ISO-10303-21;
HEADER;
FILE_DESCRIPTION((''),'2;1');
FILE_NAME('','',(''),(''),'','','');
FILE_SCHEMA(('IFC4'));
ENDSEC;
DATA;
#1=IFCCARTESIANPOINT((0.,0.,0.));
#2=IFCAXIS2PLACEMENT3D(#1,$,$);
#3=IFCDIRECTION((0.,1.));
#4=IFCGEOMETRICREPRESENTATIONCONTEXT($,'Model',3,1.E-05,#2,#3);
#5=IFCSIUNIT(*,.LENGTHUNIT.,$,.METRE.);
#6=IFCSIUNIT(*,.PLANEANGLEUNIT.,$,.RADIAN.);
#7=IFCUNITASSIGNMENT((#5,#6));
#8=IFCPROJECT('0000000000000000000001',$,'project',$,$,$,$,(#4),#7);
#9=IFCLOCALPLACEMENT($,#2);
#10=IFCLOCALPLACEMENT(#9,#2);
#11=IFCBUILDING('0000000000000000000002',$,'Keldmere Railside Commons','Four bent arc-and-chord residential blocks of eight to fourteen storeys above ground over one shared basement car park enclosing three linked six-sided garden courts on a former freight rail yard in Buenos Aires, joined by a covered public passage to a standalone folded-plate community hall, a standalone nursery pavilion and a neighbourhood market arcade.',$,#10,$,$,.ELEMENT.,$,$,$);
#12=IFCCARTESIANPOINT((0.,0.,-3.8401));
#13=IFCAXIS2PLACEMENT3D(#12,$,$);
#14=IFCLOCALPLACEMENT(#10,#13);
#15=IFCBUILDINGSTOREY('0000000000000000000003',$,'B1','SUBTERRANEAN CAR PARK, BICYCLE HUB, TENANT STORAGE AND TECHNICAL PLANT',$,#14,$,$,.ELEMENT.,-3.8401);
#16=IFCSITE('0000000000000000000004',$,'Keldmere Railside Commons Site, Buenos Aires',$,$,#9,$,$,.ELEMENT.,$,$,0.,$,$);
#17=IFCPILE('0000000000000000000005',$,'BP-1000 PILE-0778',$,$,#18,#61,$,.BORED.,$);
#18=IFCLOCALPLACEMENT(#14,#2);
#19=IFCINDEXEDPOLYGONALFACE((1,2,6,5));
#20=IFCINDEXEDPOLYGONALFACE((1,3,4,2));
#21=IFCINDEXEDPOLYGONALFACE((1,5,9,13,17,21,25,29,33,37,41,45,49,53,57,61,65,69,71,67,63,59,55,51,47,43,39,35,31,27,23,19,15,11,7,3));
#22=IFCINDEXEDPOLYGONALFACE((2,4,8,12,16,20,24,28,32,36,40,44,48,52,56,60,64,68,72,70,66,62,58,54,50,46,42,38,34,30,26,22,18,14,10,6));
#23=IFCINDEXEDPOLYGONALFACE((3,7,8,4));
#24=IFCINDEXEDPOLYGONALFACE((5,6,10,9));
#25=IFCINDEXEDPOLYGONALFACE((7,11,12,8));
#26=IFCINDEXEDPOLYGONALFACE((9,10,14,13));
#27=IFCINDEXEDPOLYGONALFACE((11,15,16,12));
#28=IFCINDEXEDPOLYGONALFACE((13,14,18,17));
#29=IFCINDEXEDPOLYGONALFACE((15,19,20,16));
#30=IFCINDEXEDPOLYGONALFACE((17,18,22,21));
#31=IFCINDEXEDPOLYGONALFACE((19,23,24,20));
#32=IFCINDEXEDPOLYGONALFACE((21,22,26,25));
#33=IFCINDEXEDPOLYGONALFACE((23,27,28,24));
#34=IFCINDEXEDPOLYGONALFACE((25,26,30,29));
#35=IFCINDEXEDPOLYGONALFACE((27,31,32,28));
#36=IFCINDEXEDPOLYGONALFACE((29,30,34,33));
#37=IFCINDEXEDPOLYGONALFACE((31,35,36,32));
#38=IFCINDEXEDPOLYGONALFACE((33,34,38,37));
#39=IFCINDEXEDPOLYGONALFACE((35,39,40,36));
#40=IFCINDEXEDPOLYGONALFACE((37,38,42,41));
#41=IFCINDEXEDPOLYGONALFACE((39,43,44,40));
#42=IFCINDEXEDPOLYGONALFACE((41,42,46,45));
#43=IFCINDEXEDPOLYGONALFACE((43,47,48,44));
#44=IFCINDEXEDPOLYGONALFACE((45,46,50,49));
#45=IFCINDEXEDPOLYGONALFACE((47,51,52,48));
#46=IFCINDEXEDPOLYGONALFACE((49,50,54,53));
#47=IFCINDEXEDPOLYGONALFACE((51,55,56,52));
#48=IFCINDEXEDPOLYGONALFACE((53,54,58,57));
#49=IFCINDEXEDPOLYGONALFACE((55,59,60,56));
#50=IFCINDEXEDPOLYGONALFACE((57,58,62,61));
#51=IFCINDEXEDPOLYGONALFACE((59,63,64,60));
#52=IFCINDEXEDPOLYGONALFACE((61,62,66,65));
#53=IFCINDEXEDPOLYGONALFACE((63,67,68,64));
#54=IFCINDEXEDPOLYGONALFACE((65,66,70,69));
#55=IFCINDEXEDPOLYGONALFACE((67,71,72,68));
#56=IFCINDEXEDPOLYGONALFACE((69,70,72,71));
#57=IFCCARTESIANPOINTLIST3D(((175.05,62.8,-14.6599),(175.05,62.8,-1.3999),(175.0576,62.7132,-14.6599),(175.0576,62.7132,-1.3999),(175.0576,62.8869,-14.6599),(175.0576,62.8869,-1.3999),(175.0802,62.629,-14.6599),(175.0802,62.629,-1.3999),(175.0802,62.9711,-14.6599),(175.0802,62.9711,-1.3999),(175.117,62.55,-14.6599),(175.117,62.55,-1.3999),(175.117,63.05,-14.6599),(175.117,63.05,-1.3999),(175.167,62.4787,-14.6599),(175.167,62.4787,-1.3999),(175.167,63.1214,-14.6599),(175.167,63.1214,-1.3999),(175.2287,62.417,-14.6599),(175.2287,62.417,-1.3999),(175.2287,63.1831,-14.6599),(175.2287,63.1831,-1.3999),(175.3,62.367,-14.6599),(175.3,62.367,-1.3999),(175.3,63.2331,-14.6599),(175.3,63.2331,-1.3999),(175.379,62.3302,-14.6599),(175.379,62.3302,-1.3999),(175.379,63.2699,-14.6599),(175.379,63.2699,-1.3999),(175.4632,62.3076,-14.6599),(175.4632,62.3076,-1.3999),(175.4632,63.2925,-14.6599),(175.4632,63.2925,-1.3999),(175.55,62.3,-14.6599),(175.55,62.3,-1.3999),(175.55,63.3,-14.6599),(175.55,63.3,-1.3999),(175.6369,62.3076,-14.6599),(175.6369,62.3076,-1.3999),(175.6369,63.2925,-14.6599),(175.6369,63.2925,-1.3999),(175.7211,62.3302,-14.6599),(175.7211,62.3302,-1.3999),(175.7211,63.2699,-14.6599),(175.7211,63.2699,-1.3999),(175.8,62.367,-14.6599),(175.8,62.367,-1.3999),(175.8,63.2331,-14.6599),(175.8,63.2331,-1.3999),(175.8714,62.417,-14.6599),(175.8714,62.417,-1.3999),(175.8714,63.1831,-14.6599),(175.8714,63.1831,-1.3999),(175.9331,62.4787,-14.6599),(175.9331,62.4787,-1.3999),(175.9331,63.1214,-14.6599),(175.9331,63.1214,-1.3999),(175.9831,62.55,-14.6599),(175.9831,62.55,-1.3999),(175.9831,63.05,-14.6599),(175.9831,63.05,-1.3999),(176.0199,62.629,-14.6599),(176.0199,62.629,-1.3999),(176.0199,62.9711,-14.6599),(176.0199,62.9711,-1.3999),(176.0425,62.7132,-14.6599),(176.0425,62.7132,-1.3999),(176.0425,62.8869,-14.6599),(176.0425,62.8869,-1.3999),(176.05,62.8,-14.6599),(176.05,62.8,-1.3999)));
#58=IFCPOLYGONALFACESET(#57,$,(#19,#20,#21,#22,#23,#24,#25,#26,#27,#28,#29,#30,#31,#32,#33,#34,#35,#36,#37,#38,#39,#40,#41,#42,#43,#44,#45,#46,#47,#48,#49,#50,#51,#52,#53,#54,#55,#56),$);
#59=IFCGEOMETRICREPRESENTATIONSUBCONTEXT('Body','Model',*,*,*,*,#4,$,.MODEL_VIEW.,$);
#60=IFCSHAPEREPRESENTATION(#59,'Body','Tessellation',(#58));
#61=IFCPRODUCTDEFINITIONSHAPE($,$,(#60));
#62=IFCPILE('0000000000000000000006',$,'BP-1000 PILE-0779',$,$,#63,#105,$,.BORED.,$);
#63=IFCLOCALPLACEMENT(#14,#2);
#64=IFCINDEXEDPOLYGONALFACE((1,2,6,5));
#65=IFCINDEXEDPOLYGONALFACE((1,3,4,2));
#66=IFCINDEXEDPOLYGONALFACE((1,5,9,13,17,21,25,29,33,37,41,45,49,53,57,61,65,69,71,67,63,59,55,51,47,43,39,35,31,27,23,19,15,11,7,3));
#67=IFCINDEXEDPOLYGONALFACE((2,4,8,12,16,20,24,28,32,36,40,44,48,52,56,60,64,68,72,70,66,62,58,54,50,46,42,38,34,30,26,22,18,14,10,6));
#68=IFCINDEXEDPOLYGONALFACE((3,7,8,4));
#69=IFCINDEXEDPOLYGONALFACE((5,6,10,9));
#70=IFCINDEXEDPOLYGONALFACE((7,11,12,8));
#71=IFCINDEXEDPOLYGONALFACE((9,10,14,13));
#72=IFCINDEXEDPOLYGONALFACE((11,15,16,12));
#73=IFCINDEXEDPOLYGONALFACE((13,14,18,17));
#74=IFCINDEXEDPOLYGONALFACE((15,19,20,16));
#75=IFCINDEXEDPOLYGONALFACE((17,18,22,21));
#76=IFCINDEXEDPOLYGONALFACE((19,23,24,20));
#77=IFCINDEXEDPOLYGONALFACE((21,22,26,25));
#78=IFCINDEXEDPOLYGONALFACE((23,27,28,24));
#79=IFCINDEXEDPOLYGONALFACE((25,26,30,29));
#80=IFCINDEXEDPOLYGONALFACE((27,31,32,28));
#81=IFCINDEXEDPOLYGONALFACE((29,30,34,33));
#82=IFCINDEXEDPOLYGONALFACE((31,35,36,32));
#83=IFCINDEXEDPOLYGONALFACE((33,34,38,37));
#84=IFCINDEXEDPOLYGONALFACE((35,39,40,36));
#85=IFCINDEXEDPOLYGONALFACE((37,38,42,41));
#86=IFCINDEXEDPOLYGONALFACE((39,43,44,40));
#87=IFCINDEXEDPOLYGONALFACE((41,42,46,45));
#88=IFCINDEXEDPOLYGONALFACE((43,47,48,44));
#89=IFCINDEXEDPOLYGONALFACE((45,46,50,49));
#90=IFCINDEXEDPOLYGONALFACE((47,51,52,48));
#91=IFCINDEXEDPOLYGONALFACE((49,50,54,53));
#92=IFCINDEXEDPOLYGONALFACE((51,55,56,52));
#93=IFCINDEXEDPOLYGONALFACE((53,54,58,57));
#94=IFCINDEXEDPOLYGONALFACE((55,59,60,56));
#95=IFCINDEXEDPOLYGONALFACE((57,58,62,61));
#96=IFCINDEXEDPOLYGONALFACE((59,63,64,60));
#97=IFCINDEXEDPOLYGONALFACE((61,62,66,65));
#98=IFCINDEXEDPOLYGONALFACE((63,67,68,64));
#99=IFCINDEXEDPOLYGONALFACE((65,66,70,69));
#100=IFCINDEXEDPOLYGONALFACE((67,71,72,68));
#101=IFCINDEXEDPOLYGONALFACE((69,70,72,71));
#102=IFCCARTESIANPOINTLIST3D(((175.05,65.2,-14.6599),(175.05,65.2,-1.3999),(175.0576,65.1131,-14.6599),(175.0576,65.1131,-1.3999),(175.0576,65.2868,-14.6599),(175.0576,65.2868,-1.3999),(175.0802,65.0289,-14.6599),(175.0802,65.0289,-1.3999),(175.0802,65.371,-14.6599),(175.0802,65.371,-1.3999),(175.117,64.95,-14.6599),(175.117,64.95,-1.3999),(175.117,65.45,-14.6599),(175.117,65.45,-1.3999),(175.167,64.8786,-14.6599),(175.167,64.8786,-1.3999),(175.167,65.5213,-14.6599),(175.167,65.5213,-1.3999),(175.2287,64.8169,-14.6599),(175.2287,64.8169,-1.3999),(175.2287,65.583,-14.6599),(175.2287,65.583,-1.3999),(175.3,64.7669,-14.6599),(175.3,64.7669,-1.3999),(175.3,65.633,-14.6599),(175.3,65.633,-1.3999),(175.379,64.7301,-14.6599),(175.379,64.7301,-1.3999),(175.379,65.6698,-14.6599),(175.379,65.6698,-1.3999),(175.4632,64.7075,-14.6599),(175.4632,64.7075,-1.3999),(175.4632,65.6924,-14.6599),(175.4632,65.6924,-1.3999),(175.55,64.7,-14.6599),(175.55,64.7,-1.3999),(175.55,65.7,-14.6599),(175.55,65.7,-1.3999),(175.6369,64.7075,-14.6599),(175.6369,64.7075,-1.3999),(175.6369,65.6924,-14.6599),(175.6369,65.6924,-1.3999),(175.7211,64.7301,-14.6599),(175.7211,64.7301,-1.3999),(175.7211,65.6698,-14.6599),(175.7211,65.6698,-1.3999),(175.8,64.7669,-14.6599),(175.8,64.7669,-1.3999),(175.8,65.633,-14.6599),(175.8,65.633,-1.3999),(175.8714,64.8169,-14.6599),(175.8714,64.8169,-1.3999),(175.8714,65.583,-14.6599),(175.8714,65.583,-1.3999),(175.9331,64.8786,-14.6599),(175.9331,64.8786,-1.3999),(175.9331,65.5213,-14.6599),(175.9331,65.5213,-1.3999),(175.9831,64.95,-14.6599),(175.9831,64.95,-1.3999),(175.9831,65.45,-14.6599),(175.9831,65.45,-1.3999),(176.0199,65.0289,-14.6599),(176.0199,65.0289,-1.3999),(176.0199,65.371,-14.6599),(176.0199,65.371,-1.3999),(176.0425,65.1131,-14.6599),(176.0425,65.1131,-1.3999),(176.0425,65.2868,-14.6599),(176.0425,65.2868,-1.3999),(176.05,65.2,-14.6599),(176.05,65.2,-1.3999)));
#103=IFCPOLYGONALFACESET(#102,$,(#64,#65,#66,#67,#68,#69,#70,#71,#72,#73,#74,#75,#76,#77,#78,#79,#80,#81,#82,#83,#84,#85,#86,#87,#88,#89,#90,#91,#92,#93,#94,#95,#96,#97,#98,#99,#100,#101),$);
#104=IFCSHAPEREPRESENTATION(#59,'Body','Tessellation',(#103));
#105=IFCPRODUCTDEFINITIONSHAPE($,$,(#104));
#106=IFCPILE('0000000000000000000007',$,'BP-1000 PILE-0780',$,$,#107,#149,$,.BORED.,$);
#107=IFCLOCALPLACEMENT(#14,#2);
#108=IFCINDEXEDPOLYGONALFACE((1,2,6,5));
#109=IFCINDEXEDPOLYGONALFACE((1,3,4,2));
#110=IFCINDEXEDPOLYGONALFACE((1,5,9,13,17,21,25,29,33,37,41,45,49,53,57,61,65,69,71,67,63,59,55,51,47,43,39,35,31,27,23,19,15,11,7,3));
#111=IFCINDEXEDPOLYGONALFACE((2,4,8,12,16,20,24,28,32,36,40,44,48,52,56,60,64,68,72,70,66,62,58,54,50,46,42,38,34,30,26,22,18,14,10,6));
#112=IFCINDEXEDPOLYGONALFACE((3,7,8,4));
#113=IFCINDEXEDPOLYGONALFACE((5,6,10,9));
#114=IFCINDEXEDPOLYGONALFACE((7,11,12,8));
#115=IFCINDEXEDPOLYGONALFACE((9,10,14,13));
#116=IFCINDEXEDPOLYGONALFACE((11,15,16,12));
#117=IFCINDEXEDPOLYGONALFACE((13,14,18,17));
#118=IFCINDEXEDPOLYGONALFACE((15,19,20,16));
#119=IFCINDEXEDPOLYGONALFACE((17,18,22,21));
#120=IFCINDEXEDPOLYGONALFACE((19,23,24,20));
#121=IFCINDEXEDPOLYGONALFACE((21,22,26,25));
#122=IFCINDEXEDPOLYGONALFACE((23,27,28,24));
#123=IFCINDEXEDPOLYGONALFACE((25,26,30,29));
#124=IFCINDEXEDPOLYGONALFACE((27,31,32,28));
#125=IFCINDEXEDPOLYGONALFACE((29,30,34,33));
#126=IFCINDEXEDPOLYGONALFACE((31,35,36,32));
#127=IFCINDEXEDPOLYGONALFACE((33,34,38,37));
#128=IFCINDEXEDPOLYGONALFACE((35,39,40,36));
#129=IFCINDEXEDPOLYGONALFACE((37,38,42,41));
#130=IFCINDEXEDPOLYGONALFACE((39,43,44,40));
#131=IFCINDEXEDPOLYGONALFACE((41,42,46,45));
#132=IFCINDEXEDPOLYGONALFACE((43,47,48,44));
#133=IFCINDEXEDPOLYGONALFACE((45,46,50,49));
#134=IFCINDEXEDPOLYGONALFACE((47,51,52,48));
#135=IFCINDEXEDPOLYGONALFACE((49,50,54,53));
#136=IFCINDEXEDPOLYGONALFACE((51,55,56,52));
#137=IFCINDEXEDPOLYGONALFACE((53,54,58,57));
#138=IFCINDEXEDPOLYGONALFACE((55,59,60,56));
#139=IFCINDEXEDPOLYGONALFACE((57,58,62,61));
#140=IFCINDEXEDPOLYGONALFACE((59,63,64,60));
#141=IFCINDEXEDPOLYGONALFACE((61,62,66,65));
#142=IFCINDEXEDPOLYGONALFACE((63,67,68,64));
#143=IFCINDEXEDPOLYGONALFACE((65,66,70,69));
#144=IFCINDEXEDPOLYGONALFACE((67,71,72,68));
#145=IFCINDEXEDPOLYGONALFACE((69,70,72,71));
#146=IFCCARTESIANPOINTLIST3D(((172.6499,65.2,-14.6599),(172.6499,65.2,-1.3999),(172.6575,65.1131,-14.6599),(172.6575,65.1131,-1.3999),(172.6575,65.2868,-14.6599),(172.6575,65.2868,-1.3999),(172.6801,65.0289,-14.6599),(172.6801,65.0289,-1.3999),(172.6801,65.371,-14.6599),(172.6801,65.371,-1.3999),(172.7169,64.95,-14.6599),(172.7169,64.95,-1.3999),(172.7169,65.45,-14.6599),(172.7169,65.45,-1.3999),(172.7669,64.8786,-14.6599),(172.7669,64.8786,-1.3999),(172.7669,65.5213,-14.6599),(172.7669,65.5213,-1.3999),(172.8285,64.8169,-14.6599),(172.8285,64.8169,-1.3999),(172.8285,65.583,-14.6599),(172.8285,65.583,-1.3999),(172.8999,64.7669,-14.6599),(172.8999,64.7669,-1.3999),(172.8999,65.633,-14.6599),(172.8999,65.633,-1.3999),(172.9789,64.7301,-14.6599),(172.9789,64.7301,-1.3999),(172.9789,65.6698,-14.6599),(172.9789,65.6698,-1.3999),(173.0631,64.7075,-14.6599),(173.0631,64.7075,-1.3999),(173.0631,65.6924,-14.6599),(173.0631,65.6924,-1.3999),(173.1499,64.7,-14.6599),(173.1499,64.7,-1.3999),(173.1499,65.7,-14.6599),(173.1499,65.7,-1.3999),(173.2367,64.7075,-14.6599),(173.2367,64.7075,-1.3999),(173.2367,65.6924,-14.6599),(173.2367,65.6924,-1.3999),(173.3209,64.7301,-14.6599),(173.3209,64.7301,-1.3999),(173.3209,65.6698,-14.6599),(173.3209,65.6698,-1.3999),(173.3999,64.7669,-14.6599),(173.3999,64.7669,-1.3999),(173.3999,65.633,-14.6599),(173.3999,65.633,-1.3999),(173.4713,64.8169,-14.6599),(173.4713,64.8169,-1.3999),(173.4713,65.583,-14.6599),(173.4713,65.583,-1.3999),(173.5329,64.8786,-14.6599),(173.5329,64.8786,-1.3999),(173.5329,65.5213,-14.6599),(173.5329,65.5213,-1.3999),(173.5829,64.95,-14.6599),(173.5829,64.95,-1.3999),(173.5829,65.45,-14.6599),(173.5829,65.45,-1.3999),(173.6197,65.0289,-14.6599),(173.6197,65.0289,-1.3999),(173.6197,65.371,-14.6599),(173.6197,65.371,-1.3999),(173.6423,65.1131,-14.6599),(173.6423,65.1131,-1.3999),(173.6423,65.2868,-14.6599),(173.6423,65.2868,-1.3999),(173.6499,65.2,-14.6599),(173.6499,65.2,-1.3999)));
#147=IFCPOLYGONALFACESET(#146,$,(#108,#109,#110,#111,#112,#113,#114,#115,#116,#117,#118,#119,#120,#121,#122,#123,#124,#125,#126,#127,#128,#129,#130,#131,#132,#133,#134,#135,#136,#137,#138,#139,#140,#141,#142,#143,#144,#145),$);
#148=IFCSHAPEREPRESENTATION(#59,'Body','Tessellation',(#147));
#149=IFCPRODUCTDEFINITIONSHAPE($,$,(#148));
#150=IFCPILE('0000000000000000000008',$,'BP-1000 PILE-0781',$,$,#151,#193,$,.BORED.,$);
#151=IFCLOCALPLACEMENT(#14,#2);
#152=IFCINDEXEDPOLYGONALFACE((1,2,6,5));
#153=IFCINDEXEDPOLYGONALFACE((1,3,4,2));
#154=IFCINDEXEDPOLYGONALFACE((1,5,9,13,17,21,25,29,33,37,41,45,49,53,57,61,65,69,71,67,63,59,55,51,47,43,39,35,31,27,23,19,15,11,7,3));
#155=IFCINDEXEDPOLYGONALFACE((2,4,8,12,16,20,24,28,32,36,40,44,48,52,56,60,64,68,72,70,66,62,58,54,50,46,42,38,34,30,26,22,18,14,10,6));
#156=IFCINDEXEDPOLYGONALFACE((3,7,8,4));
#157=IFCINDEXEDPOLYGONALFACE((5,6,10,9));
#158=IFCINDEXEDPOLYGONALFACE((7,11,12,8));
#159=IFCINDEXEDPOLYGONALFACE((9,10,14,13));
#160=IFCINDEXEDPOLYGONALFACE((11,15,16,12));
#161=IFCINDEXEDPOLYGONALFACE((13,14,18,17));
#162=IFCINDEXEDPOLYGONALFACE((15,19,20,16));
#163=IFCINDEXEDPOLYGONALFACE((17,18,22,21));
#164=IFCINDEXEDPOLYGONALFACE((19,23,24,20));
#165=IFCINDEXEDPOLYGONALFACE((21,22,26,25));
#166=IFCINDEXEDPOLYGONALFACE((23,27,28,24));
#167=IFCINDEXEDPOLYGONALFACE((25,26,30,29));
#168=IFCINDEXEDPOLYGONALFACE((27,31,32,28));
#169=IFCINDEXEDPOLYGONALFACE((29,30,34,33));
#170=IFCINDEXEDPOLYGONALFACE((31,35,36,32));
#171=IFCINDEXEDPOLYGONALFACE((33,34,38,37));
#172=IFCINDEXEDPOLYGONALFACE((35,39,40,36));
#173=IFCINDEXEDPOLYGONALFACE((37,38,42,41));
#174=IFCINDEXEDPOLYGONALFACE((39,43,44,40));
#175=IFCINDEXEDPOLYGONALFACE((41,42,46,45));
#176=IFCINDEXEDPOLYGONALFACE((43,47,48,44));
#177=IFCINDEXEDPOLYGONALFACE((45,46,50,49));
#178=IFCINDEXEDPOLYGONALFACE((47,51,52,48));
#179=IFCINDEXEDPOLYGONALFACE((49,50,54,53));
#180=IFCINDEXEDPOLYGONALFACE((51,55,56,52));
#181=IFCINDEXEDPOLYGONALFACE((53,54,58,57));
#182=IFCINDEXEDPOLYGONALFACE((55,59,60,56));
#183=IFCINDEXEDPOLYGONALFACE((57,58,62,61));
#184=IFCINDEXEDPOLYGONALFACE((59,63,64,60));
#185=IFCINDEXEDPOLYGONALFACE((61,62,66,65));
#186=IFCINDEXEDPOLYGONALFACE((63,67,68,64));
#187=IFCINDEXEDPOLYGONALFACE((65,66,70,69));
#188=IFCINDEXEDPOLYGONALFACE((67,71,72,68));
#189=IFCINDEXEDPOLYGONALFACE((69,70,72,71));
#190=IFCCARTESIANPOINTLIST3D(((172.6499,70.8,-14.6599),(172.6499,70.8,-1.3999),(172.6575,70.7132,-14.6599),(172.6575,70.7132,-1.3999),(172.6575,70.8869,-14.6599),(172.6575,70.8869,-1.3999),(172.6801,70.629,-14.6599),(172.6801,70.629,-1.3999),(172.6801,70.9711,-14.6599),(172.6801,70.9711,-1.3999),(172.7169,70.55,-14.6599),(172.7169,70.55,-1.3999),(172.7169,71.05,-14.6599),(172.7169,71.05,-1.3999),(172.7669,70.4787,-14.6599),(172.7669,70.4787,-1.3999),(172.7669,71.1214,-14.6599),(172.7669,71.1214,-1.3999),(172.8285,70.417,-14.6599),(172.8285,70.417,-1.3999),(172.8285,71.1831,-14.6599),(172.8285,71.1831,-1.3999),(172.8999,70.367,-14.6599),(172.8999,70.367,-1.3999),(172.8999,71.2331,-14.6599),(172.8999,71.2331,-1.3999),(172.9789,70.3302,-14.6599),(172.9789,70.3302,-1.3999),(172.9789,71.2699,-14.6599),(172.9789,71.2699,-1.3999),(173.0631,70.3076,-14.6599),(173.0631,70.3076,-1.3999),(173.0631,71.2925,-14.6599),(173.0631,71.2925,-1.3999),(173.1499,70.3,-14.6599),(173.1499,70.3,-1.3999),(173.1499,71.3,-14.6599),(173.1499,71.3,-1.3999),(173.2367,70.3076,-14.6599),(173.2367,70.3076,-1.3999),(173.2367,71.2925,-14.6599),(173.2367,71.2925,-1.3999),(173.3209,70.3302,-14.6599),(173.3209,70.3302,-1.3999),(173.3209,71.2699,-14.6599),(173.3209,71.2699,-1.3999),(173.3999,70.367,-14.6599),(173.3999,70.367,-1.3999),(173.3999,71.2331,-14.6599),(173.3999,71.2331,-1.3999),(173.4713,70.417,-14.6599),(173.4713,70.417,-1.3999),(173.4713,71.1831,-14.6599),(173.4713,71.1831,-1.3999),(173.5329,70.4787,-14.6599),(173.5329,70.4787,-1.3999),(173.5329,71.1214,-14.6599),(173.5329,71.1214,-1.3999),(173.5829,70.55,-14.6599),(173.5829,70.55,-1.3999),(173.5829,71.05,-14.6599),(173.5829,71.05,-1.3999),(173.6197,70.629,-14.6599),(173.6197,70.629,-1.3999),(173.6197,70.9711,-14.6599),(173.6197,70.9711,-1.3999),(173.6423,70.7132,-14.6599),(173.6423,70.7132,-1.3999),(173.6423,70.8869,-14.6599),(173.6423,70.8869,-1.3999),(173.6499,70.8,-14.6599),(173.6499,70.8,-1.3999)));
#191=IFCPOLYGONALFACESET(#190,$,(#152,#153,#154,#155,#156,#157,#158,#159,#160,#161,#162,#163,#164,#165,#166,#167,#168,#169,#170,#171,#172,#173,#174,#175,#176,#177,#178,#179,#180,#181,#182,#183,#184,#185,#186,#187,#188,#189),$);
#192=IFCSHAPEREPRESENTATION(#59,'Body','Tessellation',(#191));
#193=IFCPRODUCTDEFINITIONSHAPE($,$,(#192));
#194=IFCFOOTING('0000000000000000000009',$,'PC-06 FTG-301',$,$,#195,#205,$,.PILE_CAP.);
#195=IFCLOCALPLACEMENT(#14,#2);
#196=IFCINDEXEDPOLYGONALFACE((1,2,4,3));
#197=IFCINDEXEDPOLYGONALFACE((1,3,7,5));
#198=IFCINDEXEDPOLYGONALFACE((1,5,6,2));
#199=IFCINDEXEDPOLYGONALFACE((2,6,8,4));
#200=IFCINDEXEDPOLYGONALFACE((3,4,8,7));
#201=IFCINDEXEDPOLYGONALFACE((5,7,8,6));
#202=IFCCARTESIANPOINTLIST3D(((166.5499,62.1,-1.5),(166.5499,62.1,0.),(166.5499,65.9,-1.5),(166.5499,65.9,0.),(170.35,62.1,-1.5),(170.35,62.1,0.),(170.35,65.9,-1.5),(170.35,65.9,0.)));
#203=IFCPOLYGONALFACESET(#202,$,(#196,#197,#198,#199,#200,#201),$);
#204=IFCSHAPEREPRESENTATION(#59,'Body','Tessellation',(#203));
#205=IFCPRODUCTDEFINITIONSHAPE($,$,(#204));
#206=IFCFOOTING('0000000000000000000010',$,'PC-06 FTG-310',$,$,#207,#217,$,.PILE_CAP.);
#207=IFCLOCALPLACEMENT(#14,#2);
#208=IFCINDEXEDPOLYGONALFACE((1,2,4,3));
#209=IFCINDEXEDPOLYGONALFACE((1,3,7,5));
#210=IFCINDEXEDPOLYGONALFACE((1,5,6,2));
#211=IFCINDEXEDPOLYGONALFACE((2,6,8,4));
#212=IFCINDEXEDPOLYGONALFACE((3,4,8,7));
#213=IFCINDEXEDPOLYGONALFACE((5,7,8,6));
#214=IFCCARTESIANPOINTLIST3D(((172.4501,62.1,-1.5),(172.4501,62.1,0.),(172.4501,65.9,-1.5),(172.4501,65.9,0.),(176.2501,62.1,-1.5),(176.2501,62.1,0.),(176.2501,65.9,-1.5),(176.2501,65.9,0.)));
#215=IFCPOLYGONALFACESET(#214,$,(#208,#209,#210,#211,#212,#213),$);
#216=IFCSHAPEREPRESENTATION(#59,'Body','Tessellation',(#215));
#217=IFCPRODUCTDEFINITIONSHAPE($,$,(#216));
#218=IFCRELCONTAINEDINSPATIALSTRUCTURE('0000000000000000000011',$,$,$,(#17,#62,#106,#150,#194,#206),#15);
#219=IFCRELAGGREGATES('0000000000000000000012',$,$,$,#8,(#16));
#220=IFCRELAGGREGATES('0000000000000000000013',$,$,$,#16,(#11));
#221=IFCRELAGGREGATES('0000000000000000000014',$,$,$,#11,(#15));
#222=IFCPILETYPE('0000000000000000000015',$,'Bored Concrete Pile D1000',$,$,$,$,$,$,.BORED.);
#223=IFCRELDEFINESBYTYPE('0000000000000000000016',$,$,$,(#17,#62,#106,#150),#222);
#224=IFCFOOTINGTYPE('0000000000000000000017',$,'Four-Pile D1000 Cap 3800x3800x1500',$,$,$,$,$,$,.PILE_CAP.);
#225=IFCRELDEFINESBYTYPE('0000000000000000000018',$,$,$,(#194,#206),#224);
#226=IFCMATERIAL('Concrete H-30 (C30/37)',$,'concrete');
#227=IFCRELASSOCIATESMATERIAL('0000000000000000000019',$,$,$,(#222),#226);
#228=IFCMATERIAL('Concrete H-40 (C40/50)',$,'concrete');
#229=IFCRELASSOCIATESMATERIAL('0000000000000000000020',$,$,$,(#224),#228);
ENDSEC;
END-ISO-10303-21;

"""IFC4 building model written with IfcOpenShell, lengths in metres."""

from ifc_helpers import new_model, si_unit, direction, frame, origin, origin_2d, place, context, subcontext, project, spatial, rectangle, circle, extrude, material, material_profile, profile_set, type_object, element, save


model = new_model("IFC4")

# Units and contexts
model_context = context("Model", 3, precision=1e-05, world=origin(), true_north=direction((0.0, 1.0)))
body_context = subcontext(model_context, "Body", "Model", "MODEL_VIEW")
ifc_project = project(units=[si_unit("LENGTHUNIT", "METRE"), si_unit("PLANEANGLEUNIT", "RADIAN")], contexts=[model_context])

# Site, building, storey
site_placement = place(None, origin())
site = spatial("IfcSite", under=ifc_project, at=site_placement, Name="Keldmere Railside Commons Site, Buenos Aires", CompositionType="ELEMENT", RefElevation=0.0)
building_placement = place(site_placement, origin())
building = spatial("IfcBuilding", under=site, at=building_placement, Name="Keldmere Railside Commons", Description="Four bent arc-and-chord residential blocks of eight to fourteen storeys above ground over one shared basement car park enclosing three linked six-sided garden courts on a former freight rail yard in Buenos Aires, joined by a covered public passage to a standalone folded-plate community hall, a standalone nursery pavilion and a neighbourhood market arcade.", CompositionType="ELEMENT")
storey_placement = place(building_placement, frame((0.0, 0.0, -3.8401)))
storey = spatial("IfcBuildingStorey", under=building, at=storey_placement, Name="B1", Description="SUBTERRANEAN CAR PARK, BICYCLE HUB, TENANT STORAGE AND TECHNICAL PLANT", CompositionType="ELEMENT", Elevation=-3.8401)

# Piles
ifc_material_1 = material(Name="Concrete H-30 (C30/37)", Category="concrete")
ifc_material_profile_1 = material_profile(ifc_material_1, circle(Radius=0.5, at=origin_2d()), Name="PILE-D1000")
ifc_profile_set_1 = profile_set([ifc_material_profile_1], Name="Concrete H-30 (C30/37)")
pile_type = type_object("IfcPileType", Name="Bored Concrete Pile D1000", PredefinedType="BORED", material=ifc_profile_set_1)
for number, where, z_axis, x_axis, name in (
    (1, (175.55, 62.8, -1.3999), (0.0, 0.0, -1.0), (1.0, 0.0, 0.0), "BP-1000 PILE-0778"),
    (2, (175.55, 65.2, -1.3999), (0.0, 0.0, -1.0), (1.0, 0.0, 0.0), "BP-1000 PILE-0779"),
    (3, (173.1499, 65.2, -1.3999), (0.0, 0.0, -1.0), (1.0, 0.0, 0.0), "BP-1000 PILE-0780"),
    (4, (173.1499, 70.8, -1.3999), (0.0, 0.0, -1.0), (1.0, 0.0, 0.0), "BP-1000 PILE-0781"),
):
    element("IfcPile", number, at=place(storey_placement, frame(where, z_axis=z_axis, x_axis=x_axis)), inside=storey, type_object=pile_type, Name=name, PredefinedType="BORED", context=body_context, shape_type="SweptSolid", body=[
        extrude(circle(Radius=0.5, at=origin_2d()), origin(), (0.0, 0.0, 1.0), 13.26),
    ])

# Footings
ifc_material_2 = material(Name="Concrete H-40 (C40/50)", Category="concrete")
footing_type_1 = type_object("IfcFootingType", Name="Four-Pile D1000 Cap 3800x3800x1500", PredefinedType="PILE_CAP", material=ifc_material_2)
for number, where, z_axis, x_axis, name in (
    (5, (168.45, 64.0, -1.5), (0.0, 0.0, 1.0), (1.0, 0.0, 0.0), "PC-06 FTG-301"),
    (6, (174.3501, 64.0, -1.5), (0.0, 0.0, 1.0), (1.0, 0.0, 0.0), "PC-06 FTG-310"),
):
    element("IfcFooting", number, at=place(storey_placement, frame(where, z_axis=z_axis, x_axis=x_axis)), inside=storey, type_object=footing_type_1, Name=name, PredefinedType="PILE_CAP", context=body_context, shape_type="SweptSolid", body=[
        extrude(rectangle(XDim=3.8, YDim=3.8, at=origin_2d()), origin(), (0.0, 0.0, 1.0), 1.5),
    ])

save(model, "model.ifc")
